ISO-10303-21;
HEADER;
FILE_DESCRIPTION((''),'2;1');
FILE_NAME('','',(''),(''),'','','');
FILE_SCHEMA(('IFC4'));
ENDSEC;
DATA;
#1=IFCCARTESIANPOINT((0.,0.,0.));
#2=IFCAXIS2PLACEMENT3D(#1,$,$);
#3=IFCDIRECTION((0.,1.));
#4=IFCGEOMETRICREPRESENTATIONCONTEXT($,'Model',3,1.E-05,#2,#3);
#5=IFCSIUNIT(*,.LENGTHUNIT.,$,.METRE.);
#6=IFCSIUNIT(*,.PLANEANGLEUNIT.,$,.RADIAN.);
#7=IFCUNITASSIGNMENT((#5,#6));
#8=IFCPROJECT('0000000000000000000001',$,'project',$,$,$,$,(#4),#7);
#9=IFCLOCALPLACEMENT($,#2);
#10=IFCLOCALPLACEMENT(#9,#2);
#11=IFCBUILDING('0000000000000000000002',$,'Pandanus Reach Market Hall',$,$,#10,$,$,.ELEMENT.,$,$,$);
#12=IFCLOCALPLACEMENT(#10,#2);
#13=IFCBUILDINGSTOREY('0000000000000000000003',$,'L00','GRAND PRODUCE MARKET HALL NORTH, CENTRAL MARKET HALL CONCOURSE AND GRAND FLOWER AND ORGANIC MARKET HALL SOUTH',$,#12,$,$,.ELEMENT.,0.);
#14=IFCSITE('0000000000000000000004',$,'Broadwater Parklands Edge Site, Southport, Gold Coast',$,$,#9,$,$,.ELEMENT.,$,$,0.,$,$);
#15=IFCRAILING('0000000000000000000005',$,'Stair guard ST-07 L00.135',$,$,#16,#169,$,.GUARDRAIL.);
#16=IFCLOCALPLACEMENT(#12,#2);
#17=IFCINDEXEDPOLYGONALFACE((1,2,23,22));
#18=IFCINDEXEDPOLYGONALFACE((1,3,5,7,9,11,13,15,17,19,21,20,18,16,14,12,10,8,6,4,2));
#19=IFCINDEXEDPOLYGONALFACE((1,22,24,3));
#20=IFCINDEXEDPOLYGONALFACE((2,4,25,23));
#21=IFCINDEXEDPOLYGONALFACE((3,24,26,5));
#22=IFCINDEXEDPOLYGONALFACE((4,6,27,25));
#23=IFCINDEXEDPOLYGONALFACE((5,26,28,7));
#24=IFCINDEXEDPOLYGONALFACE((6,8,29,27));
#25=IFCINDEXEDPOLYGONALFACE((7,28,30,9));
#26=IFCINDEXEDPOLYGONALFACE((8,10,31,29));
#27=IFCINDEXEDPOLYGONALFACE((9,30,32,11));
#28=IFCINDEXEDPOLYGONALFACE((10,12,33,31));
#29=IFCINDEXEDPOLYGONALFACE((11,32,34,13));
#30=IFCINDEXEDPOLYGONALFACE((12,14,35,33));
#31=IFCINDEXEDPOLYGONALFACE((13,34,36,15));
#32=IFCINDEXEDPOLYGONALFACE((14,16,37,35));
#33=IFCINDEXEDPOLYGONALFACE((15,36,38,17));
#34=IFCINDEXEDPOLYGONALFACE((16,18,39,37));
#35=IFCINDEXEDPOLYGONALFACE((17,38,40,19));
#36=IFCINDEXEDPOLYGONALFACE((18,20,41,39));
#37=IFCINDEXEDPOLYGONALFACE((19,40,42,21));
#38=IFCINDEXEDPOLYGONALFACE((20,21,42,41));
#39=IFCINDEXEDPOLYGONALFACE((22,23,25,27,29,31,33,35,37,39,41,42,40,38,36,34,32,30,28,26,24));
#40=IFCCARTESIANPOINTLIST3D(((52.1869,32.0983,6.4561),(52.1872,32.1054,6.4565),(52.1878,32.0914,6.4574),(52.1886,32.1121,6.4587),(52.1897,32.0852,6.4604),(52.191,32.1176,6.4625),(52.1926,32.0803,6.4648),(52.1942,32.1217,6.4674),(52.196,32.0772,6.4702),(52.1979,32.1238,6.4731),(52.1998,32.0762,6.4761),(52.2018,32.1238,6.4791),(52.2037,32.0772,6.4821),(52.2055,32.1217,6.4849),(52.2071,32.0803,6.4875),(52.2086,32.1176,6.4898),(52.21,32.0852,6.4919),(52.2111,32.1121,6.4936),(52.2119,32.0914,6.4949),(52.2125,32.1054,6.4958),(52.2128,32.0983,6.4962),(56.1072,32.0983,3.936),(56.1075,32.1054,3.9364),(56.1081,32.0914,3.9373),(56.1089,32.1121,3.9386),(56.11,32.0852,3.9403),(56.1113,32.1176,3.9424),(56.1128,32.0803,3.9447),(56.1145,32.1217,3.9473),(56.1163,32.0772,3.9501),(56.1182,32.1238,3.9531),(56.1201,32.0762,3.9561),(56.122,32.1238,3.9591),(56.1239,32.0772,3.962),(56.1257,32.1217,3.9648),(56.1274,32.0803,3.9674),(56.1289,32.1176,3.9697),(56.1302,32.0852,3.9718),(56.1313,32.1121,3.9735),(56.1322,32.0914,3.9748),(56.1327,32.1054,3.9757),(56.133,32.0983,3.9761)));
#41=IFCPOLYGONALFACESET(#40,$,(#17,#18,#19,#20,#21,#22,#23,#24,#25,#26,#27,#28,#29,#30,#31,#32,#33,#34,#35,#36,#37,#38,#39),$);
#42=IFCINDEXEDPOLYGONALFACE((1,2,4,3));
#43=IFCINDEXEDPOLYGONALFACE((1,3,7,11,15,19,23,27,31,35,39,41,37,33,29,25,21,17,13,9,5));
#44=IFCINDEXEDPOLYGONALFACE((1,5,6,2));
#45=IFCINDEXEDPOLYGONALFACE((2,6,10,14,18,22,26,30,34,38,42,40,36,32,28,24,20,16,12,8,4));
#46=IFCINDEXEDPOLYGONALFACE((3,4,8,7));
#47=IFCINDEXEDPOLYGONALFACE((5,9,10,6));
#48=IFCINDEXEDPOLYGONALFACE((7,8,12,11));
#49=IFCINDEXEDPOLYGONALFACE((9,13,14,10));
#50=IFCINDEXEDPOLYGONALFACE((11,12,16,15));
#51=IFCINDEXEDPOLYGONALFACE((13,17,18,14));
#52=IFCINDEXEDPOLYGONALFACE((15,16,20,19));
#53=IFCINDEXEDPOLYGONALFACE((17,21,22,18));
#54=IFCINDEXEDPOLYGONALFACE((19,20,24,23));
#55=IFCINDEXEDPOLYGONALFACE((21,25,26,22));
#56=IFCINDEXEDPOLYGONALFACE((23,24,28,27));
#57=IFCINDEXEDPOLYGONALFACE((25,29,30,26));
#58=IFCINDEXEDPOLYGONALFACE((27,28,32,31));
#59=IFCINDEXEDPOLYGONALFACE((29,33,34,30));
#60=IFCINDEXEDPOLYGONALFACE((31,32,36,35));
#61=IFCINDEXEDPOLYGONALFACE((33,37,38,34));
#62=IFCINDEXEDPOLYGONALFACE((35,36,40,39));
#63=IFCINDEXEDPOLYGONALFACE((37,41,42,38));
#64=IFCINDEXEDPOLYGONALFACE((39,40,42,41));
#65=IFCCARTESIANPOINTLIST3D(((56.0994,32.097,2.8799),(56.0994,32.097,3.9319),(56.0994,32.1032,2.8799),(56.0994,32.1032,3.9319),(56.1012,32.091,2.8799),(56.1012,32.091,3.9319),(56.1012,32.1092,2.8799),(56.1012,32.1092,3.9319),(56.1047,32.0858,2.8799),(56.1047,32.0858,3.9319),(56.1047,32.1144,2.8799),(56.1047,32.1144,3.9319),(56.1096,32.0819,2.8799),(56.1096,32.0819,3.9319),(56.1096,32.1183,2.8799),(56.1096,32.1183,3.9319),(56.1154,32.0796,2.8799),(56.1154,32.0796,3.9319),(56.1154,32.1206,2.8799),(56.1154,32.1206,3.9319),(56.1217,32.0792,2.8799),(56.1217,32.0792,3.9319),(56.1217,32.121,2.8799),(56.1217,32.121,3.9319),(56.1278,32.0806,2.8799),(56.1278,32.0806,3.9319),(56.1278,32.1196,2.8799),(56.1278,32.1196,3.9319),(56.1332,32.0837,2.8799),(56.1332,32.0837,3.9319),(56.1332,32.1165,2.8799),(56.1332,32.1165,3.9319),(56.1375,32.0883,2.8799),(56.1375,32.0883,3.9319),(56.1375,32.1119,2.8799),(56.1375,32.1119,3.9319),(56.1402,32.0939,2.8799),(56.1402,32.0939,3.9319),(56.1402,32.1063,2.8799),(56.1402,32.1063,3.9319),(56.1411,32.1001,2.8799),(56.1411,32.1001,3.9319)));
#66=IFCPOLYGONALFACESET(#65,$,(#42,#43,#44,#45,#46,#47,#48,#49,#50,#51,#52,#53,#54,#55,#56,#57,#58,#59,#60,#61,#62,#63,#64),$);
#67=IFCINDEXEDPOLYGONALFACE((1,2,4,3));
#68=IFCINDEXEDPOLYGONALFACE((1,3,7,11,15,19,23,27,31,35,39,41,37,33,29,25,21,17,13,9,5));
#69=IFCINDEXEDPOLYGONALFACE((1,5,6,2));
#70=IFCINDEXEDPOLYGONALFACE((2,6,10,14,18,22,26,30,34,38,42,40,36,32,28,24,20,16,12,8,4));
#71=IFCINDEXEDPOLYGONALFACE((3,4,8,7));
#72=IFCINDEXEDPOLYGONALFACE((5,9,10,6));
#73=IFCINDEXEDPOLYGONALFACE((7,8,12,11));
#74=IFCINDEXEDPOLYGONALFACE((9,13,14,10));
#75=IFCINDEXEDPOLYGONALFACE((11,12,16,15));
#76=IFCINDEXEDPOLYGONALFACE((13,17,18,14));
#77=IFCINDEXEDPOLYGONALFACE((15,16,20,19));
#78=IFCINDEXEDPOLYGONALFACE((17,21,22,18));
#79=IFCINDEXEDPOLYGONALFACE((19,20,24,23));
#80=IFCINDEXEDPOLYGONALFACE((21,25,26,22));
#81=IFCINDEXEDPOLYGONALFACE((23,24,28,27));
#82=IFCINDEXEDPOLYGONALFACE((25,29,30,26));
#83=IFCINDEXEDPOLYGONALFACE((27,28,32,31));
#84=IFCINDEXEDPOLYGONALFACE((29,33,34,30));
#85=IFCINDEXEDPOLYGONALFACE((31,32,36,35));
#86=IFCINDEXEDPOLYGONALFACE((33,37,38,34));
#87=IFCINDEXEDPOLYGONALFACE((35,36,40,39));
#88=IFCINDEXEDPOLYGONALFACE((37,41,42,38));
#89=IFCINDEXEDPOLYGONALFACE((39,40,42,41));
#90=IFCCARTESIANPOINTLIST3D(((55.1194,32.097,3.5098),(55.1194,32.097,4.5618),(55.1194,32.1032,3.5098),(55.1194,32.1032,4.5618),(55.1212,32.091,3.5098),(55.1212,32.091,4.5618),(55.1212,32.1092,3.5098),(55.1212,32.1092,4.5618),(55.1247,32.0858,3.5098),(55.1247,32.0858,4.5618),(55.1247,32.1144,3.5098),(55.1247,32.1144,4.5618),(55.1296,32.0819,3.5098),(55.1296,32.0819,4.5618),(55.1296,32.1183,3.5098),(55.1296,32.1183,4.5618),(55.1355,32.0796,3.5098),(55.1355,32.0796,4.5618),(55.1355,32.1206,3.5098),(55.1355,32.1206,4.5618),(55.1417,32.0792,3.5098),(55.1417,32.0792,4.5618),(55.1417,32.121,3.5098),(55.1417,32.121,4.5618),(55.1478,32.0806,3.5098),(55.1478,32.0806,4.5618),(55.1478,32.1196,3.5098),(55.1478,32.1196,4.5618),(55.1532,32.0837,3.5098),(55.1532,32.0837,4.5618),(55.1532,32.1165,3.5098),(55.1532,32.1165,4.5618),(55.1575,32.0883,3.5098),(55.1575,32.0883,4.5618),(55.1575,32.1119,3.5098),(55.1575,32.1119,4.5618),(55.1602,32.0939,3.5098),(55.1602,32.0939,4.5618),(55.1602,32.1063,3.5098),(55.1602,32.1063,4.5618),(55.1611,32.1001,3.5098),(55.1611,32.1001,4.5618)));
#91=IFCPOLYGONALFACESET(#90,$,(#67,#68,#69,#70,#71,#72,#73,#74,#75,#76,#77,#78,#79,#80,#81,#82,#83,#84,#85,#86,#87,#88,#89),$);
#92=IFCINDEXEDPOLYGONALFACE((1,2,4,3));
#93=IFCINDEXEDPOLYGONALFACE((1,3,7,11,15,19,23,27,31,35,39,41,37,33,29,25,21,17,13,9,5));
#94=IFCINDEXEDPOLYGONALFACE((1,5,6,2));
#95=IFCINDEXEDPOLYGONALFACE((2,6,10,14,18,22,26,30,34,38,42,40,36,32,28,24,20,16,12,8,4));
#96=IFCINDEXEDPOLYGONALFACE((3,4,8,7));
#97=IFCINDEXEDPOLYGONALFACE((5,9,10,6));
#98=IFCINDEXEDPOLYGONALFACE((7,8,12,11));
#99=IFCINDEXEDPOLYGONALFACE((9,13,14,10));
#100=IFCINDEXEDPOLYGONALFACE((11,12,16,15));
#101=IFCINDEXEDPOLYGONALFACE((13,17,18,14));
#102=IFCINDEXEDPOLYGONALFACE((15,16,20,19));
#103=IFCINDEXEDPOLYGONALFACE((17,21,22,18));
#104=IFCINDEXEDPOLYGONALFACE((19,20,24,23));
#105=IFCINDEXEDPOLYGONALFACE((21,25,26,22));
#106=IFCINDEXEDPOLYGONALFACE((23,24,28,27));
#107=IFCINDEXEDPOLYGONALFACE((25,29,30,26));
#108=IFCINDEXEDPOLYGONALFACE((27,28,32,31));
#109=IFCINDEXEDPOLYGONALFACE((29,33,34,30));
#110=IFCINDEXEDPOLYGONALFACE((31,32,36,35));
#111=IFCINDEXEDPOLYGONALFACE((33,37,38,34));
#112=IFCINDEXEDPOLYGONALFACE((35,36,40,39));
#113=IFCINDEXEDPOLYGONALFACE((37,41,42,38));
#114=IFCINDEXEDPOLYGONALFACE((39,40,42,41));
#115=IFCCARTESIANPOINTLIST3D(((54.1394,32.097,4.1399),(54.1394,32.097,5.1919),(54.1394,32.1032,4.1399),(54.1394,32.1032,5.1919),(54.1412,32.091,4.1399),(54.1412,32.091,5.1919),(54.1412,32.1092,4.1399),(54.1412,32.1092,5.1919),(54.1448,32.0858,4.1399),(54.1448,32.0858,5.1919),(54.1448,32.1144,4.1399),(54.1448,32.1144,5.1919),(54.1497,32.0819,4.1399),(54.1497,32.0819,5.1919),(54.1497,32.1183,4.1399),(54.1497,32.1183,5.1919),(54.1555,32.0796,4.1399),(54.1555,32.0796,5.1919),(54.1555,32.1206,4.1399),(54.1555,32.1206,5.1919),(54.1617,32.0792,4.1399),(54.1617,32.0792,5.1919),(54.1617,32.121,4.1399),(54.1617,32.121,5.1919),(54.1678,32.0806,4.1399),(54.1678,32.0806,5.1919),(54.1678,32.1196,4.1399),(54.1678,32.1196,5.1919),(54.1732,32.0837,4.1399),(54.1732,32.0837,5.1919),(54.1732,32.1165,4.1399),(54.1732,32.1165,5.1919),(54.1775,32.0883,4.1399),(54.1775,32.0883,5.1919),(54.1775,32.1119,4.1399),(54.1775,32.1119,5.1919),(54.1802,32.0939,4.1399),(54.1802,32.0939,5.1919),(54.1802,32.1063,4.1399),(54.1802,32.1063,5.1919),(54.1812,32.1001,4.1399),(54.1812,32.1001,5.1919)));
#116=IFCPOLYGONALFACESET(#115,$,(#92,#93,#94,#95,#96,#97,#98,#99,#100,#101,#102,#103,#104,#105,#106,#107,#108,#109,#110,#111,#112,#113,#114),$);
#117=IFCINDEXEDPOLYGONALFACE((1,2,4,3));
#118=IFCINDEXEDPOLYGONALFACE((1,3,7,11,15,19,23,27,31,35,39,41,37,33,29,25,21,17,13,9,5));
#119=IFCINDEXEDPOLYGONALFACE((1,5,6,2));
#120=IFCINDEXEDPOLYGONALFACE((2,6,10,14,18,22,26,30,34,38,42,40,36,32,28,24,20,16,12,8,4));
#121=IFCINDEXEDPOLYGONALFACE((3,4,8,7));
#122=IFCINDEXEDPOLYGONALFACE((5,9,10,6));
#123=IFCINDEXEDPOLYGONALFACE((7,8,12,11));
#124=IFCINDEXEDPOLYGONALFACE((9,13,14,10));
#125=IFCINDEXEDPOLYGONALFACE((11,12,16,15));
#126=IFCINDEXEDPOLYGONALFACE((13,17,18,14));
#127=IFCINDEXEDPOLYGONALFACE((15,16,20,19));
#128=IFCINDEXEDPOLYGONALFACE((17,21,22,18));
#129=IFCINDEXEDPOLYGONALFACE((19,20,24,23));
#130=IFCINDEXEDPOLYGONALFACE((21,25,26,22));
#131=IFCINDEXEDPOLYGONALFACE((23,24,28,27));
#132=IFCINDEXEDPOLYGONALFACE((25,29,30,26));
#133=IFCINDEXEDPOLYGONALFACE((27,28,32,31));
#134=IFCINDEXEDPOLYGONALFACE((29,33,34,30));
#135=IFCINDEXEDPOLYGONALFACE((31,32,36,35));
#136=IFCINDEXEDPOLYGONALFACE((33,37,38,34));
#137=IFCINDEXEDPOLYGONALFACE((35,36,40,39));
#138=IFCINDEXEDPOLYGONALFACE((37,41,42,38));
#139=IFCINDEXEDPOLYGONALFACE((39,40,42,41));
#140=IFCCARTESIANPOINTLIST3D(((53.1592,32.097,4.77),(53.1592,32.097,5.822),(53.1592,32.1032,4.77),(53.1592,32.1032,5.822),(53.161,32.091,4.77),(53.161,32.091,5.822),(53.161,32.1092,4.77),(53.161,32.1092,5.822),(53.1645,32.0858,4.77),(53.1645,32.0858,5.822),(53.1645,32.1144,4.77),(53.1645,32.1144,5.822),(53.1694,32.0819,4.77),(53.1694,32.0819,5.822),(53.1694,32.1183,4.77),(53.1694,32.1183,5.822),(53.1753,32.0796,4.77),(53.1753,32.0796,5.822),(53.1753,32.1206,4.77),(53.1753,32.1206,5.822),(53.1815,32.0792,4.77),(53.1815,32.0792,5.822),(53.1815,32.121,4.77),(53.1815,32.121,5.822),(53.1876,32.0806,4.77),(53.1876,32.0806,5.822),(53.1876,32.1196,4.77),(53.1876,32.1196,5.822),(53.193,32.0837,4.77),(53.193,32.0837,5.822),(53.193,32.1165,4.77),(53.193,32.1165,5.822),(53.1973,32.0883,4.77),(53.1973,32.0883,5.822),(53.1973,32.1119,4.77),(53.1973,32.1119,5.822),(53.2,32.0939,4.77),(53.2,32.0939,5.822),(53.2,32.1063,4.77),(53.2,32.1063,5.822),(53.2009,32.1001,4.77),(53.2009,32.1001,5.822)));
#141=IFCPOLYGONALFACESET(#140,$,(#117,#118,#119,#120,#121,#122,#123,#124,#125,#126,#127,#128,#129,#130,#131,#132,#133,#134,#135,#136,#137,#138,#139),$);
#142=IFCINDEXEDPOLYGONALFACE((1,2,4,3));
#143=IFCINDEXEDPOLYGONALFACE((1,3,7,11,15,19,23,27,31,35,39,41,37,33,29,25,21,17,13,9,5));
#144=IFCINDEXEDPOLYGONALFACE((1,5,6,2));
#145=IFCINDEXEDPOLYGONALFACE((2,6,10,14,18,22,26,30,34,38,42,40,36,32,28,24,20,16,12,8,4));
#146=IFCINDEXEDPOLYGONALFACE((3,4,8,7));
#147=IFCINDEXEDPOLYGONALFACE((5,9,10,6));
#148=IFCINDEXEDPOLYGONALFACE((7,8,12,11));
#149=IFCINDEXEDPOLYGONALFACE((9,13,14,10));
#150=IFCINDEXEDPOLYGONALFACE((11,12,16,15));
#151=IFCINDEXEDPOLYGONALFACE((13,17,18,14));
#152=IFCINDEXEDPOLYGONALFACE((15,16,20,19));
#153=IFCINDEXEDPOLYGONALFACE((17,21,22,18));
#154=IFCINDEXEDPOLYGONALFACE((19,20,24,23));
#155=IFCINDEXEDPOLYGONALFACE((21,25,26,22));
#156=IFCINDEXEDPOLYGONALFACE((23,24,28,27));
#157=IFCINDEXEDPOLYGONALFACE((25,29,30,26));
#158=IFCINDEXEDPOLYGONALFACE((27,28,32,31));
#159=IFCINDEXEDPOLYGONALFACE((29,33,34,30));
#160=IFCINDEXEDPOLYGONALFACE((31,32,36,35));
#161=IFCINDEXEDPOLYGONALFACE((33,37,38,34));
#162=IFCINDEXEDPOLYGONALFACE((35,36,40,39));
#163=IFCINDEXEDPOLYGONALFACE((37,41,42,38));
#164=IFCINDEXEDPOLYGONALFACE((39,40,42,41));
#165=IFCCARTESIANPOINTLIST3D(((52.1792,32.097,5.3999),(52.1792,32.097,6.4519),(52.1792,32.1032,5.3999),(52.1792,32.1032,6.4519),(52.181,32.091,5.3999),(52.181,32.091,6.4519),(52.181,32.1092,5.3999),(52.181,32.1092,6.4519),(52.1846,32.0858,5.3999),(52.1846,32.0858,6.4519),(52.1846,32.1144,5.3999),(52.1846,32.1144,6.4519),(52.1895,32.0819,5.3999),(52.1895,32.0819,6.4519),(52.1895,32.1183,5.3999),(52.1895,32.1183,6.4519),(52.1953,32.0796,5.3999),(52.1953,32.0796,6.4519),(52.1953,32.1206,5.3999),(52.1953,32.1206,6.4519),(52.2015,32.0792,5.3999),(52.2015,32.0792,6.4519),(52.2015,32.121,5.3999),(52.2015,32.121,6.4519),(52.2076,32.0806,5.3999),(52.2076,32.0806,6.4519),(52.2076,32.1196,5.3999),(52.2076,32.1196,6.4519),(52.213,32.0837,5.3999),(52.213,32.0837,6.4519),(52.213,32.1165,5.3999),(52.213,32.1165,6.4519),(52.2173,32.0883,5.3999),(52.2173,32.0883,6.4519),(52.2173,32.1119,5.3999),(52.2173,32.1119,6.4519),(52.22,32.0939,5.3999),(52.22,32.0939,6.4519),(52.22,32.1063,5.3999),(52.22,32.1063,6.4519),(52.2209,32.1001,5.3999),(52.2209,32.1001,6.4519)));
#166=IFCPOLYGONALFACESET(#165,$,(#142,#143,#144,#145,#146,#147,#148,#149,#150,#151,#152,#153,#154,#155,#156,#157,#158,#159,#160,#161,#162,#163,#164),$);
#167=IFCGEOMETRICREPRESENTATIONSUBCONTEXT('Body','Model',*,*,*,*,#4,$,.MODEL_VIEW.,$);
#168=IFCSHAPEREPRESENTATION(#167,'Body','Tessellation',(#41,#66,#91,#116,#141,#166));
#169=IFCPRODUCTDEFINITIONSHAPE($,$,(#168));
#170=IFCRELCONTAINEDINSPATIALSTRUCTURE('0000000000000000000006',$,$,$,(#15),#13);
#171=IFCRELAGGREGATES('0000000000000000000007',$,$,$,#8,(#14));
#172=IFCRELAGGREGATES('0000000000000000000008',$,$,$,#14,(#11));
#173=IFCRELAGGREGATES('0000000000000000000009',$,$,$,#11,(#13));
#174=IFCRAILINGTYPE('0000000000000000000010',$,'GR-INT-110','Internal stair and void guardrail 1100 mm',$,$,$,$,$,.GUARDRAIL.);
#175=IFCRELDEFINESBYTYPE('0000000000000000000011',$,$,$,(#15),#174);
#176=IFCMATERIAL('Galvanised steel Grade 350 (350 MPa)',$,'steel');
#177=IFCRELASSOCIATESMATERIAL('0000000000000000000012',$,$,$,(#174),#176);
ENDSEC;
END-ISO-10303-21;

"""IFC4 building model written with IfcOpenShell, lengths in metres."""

from ifc_helpers import new_model, si_unit, direction, frame, origin, origin_2d, place, context, subcontext, project, spatial, circle, extrude, material, type_object, element, save


model = new_model("IFC4")

# Units and contexts
model_context = context("Model", 3, precision=1e-05, world=origin(), true_north=direction((0.0, 1.0)))
body_context = subcontext(model_context, "Body", "Model", "MODEL_VIEW")
ifc_project = project(units=[si_unit("LENGTHUNIT", "METRE"), si_unit("PLANEANGLEUNIT", "RADIAN")], contexts=[model_context])

# Site, building, storey
site_placement = place(None, origin())
site = spatial("IfcSite", under=ifc_project, at=site_placement, Name="Broadwater Parklands Edge Site, Southport, Gold Coast", CompositionType="ELEMENT", RefElevation=0.0)
building_placement = place(site_placement, origin())
building = spatial("IfcBuilding", under=site, at=building_placement, Name="Pandanus Reach Market Hall", CompositionType="ELEMENT")
storey_placement = place(building_placement, origin())
storey = spatial("IfcBuildingStorey", under=building, at=storey_placement, Name="L00", Description="GRAND PRODUCE MARKET HALL NORTH, CENTRAL MARKET HALL CONCOURSE AND GRAND FLOWER AND ORGANIC MARKET HALL SOUTH", CompositionType="ELEMENT", Elevation=0.0)

# Railing
ifc_material_1 = material(Name="Galvanised steel Grade 350 (350 MPa)", Category="steel")
railing_type_1 = type_object("IfcRailingType", Name="GR-INT-110", Description="Internal stair and void guardrail 1100 mm", PredefinedType="GUARDRAIL", material=ifc_material_1)
railing_1_placement = place(storey_placement, frame((56.1201, 32.1001, 2.8799)))
element("IfcRailing", 1, at=railing_1_placement, inside=storey, type_object=railing_type_1, Name="Stair guard ST-07 L00.135", PredefinedType="GUARDRAIL", context=body_context, shape_type="SweptSolid", body=[
    extrude(circle(Radius=0.0239, at=origin_2d()), frame((0.0, 0.0, 1.0762), z_axis=(-0.841187, 0.0, 0.540744), x_axis=(0.0, -1.0, 0.0)), (0.0, 0.0, 1.0), 4.6604),
    extrude(circle(Radius=0.021, at=origin_2d()), origin(), (0.0, 0.0, 1.0), 1.052),
    extrude(circle(Radius=0.021, at=origin_2d()), frame((-0.98, 0.0, 0.6299)), (0.0, 0.0, 1.0), 1.052),
    extrude(circle(Radius=0.021, at=origin_2d()), frame((-1.96, 0.0, 1.26)), (0.0, 0.0, 1.0), 1.052),
    extrude(circle(Radius=0.021, at=origin_2d()), frame((-2.9402, 0.0, 1.8901)), (0.0, 0.0, 1.0), 1.052),
    extrude(circle(Radius=0.021, at=origin_2d()), frame((-3.9202, 0.0, 2.52)), (0.0, 0.0, 1.0), 1.052),
])

save(model, "model.ifc")
